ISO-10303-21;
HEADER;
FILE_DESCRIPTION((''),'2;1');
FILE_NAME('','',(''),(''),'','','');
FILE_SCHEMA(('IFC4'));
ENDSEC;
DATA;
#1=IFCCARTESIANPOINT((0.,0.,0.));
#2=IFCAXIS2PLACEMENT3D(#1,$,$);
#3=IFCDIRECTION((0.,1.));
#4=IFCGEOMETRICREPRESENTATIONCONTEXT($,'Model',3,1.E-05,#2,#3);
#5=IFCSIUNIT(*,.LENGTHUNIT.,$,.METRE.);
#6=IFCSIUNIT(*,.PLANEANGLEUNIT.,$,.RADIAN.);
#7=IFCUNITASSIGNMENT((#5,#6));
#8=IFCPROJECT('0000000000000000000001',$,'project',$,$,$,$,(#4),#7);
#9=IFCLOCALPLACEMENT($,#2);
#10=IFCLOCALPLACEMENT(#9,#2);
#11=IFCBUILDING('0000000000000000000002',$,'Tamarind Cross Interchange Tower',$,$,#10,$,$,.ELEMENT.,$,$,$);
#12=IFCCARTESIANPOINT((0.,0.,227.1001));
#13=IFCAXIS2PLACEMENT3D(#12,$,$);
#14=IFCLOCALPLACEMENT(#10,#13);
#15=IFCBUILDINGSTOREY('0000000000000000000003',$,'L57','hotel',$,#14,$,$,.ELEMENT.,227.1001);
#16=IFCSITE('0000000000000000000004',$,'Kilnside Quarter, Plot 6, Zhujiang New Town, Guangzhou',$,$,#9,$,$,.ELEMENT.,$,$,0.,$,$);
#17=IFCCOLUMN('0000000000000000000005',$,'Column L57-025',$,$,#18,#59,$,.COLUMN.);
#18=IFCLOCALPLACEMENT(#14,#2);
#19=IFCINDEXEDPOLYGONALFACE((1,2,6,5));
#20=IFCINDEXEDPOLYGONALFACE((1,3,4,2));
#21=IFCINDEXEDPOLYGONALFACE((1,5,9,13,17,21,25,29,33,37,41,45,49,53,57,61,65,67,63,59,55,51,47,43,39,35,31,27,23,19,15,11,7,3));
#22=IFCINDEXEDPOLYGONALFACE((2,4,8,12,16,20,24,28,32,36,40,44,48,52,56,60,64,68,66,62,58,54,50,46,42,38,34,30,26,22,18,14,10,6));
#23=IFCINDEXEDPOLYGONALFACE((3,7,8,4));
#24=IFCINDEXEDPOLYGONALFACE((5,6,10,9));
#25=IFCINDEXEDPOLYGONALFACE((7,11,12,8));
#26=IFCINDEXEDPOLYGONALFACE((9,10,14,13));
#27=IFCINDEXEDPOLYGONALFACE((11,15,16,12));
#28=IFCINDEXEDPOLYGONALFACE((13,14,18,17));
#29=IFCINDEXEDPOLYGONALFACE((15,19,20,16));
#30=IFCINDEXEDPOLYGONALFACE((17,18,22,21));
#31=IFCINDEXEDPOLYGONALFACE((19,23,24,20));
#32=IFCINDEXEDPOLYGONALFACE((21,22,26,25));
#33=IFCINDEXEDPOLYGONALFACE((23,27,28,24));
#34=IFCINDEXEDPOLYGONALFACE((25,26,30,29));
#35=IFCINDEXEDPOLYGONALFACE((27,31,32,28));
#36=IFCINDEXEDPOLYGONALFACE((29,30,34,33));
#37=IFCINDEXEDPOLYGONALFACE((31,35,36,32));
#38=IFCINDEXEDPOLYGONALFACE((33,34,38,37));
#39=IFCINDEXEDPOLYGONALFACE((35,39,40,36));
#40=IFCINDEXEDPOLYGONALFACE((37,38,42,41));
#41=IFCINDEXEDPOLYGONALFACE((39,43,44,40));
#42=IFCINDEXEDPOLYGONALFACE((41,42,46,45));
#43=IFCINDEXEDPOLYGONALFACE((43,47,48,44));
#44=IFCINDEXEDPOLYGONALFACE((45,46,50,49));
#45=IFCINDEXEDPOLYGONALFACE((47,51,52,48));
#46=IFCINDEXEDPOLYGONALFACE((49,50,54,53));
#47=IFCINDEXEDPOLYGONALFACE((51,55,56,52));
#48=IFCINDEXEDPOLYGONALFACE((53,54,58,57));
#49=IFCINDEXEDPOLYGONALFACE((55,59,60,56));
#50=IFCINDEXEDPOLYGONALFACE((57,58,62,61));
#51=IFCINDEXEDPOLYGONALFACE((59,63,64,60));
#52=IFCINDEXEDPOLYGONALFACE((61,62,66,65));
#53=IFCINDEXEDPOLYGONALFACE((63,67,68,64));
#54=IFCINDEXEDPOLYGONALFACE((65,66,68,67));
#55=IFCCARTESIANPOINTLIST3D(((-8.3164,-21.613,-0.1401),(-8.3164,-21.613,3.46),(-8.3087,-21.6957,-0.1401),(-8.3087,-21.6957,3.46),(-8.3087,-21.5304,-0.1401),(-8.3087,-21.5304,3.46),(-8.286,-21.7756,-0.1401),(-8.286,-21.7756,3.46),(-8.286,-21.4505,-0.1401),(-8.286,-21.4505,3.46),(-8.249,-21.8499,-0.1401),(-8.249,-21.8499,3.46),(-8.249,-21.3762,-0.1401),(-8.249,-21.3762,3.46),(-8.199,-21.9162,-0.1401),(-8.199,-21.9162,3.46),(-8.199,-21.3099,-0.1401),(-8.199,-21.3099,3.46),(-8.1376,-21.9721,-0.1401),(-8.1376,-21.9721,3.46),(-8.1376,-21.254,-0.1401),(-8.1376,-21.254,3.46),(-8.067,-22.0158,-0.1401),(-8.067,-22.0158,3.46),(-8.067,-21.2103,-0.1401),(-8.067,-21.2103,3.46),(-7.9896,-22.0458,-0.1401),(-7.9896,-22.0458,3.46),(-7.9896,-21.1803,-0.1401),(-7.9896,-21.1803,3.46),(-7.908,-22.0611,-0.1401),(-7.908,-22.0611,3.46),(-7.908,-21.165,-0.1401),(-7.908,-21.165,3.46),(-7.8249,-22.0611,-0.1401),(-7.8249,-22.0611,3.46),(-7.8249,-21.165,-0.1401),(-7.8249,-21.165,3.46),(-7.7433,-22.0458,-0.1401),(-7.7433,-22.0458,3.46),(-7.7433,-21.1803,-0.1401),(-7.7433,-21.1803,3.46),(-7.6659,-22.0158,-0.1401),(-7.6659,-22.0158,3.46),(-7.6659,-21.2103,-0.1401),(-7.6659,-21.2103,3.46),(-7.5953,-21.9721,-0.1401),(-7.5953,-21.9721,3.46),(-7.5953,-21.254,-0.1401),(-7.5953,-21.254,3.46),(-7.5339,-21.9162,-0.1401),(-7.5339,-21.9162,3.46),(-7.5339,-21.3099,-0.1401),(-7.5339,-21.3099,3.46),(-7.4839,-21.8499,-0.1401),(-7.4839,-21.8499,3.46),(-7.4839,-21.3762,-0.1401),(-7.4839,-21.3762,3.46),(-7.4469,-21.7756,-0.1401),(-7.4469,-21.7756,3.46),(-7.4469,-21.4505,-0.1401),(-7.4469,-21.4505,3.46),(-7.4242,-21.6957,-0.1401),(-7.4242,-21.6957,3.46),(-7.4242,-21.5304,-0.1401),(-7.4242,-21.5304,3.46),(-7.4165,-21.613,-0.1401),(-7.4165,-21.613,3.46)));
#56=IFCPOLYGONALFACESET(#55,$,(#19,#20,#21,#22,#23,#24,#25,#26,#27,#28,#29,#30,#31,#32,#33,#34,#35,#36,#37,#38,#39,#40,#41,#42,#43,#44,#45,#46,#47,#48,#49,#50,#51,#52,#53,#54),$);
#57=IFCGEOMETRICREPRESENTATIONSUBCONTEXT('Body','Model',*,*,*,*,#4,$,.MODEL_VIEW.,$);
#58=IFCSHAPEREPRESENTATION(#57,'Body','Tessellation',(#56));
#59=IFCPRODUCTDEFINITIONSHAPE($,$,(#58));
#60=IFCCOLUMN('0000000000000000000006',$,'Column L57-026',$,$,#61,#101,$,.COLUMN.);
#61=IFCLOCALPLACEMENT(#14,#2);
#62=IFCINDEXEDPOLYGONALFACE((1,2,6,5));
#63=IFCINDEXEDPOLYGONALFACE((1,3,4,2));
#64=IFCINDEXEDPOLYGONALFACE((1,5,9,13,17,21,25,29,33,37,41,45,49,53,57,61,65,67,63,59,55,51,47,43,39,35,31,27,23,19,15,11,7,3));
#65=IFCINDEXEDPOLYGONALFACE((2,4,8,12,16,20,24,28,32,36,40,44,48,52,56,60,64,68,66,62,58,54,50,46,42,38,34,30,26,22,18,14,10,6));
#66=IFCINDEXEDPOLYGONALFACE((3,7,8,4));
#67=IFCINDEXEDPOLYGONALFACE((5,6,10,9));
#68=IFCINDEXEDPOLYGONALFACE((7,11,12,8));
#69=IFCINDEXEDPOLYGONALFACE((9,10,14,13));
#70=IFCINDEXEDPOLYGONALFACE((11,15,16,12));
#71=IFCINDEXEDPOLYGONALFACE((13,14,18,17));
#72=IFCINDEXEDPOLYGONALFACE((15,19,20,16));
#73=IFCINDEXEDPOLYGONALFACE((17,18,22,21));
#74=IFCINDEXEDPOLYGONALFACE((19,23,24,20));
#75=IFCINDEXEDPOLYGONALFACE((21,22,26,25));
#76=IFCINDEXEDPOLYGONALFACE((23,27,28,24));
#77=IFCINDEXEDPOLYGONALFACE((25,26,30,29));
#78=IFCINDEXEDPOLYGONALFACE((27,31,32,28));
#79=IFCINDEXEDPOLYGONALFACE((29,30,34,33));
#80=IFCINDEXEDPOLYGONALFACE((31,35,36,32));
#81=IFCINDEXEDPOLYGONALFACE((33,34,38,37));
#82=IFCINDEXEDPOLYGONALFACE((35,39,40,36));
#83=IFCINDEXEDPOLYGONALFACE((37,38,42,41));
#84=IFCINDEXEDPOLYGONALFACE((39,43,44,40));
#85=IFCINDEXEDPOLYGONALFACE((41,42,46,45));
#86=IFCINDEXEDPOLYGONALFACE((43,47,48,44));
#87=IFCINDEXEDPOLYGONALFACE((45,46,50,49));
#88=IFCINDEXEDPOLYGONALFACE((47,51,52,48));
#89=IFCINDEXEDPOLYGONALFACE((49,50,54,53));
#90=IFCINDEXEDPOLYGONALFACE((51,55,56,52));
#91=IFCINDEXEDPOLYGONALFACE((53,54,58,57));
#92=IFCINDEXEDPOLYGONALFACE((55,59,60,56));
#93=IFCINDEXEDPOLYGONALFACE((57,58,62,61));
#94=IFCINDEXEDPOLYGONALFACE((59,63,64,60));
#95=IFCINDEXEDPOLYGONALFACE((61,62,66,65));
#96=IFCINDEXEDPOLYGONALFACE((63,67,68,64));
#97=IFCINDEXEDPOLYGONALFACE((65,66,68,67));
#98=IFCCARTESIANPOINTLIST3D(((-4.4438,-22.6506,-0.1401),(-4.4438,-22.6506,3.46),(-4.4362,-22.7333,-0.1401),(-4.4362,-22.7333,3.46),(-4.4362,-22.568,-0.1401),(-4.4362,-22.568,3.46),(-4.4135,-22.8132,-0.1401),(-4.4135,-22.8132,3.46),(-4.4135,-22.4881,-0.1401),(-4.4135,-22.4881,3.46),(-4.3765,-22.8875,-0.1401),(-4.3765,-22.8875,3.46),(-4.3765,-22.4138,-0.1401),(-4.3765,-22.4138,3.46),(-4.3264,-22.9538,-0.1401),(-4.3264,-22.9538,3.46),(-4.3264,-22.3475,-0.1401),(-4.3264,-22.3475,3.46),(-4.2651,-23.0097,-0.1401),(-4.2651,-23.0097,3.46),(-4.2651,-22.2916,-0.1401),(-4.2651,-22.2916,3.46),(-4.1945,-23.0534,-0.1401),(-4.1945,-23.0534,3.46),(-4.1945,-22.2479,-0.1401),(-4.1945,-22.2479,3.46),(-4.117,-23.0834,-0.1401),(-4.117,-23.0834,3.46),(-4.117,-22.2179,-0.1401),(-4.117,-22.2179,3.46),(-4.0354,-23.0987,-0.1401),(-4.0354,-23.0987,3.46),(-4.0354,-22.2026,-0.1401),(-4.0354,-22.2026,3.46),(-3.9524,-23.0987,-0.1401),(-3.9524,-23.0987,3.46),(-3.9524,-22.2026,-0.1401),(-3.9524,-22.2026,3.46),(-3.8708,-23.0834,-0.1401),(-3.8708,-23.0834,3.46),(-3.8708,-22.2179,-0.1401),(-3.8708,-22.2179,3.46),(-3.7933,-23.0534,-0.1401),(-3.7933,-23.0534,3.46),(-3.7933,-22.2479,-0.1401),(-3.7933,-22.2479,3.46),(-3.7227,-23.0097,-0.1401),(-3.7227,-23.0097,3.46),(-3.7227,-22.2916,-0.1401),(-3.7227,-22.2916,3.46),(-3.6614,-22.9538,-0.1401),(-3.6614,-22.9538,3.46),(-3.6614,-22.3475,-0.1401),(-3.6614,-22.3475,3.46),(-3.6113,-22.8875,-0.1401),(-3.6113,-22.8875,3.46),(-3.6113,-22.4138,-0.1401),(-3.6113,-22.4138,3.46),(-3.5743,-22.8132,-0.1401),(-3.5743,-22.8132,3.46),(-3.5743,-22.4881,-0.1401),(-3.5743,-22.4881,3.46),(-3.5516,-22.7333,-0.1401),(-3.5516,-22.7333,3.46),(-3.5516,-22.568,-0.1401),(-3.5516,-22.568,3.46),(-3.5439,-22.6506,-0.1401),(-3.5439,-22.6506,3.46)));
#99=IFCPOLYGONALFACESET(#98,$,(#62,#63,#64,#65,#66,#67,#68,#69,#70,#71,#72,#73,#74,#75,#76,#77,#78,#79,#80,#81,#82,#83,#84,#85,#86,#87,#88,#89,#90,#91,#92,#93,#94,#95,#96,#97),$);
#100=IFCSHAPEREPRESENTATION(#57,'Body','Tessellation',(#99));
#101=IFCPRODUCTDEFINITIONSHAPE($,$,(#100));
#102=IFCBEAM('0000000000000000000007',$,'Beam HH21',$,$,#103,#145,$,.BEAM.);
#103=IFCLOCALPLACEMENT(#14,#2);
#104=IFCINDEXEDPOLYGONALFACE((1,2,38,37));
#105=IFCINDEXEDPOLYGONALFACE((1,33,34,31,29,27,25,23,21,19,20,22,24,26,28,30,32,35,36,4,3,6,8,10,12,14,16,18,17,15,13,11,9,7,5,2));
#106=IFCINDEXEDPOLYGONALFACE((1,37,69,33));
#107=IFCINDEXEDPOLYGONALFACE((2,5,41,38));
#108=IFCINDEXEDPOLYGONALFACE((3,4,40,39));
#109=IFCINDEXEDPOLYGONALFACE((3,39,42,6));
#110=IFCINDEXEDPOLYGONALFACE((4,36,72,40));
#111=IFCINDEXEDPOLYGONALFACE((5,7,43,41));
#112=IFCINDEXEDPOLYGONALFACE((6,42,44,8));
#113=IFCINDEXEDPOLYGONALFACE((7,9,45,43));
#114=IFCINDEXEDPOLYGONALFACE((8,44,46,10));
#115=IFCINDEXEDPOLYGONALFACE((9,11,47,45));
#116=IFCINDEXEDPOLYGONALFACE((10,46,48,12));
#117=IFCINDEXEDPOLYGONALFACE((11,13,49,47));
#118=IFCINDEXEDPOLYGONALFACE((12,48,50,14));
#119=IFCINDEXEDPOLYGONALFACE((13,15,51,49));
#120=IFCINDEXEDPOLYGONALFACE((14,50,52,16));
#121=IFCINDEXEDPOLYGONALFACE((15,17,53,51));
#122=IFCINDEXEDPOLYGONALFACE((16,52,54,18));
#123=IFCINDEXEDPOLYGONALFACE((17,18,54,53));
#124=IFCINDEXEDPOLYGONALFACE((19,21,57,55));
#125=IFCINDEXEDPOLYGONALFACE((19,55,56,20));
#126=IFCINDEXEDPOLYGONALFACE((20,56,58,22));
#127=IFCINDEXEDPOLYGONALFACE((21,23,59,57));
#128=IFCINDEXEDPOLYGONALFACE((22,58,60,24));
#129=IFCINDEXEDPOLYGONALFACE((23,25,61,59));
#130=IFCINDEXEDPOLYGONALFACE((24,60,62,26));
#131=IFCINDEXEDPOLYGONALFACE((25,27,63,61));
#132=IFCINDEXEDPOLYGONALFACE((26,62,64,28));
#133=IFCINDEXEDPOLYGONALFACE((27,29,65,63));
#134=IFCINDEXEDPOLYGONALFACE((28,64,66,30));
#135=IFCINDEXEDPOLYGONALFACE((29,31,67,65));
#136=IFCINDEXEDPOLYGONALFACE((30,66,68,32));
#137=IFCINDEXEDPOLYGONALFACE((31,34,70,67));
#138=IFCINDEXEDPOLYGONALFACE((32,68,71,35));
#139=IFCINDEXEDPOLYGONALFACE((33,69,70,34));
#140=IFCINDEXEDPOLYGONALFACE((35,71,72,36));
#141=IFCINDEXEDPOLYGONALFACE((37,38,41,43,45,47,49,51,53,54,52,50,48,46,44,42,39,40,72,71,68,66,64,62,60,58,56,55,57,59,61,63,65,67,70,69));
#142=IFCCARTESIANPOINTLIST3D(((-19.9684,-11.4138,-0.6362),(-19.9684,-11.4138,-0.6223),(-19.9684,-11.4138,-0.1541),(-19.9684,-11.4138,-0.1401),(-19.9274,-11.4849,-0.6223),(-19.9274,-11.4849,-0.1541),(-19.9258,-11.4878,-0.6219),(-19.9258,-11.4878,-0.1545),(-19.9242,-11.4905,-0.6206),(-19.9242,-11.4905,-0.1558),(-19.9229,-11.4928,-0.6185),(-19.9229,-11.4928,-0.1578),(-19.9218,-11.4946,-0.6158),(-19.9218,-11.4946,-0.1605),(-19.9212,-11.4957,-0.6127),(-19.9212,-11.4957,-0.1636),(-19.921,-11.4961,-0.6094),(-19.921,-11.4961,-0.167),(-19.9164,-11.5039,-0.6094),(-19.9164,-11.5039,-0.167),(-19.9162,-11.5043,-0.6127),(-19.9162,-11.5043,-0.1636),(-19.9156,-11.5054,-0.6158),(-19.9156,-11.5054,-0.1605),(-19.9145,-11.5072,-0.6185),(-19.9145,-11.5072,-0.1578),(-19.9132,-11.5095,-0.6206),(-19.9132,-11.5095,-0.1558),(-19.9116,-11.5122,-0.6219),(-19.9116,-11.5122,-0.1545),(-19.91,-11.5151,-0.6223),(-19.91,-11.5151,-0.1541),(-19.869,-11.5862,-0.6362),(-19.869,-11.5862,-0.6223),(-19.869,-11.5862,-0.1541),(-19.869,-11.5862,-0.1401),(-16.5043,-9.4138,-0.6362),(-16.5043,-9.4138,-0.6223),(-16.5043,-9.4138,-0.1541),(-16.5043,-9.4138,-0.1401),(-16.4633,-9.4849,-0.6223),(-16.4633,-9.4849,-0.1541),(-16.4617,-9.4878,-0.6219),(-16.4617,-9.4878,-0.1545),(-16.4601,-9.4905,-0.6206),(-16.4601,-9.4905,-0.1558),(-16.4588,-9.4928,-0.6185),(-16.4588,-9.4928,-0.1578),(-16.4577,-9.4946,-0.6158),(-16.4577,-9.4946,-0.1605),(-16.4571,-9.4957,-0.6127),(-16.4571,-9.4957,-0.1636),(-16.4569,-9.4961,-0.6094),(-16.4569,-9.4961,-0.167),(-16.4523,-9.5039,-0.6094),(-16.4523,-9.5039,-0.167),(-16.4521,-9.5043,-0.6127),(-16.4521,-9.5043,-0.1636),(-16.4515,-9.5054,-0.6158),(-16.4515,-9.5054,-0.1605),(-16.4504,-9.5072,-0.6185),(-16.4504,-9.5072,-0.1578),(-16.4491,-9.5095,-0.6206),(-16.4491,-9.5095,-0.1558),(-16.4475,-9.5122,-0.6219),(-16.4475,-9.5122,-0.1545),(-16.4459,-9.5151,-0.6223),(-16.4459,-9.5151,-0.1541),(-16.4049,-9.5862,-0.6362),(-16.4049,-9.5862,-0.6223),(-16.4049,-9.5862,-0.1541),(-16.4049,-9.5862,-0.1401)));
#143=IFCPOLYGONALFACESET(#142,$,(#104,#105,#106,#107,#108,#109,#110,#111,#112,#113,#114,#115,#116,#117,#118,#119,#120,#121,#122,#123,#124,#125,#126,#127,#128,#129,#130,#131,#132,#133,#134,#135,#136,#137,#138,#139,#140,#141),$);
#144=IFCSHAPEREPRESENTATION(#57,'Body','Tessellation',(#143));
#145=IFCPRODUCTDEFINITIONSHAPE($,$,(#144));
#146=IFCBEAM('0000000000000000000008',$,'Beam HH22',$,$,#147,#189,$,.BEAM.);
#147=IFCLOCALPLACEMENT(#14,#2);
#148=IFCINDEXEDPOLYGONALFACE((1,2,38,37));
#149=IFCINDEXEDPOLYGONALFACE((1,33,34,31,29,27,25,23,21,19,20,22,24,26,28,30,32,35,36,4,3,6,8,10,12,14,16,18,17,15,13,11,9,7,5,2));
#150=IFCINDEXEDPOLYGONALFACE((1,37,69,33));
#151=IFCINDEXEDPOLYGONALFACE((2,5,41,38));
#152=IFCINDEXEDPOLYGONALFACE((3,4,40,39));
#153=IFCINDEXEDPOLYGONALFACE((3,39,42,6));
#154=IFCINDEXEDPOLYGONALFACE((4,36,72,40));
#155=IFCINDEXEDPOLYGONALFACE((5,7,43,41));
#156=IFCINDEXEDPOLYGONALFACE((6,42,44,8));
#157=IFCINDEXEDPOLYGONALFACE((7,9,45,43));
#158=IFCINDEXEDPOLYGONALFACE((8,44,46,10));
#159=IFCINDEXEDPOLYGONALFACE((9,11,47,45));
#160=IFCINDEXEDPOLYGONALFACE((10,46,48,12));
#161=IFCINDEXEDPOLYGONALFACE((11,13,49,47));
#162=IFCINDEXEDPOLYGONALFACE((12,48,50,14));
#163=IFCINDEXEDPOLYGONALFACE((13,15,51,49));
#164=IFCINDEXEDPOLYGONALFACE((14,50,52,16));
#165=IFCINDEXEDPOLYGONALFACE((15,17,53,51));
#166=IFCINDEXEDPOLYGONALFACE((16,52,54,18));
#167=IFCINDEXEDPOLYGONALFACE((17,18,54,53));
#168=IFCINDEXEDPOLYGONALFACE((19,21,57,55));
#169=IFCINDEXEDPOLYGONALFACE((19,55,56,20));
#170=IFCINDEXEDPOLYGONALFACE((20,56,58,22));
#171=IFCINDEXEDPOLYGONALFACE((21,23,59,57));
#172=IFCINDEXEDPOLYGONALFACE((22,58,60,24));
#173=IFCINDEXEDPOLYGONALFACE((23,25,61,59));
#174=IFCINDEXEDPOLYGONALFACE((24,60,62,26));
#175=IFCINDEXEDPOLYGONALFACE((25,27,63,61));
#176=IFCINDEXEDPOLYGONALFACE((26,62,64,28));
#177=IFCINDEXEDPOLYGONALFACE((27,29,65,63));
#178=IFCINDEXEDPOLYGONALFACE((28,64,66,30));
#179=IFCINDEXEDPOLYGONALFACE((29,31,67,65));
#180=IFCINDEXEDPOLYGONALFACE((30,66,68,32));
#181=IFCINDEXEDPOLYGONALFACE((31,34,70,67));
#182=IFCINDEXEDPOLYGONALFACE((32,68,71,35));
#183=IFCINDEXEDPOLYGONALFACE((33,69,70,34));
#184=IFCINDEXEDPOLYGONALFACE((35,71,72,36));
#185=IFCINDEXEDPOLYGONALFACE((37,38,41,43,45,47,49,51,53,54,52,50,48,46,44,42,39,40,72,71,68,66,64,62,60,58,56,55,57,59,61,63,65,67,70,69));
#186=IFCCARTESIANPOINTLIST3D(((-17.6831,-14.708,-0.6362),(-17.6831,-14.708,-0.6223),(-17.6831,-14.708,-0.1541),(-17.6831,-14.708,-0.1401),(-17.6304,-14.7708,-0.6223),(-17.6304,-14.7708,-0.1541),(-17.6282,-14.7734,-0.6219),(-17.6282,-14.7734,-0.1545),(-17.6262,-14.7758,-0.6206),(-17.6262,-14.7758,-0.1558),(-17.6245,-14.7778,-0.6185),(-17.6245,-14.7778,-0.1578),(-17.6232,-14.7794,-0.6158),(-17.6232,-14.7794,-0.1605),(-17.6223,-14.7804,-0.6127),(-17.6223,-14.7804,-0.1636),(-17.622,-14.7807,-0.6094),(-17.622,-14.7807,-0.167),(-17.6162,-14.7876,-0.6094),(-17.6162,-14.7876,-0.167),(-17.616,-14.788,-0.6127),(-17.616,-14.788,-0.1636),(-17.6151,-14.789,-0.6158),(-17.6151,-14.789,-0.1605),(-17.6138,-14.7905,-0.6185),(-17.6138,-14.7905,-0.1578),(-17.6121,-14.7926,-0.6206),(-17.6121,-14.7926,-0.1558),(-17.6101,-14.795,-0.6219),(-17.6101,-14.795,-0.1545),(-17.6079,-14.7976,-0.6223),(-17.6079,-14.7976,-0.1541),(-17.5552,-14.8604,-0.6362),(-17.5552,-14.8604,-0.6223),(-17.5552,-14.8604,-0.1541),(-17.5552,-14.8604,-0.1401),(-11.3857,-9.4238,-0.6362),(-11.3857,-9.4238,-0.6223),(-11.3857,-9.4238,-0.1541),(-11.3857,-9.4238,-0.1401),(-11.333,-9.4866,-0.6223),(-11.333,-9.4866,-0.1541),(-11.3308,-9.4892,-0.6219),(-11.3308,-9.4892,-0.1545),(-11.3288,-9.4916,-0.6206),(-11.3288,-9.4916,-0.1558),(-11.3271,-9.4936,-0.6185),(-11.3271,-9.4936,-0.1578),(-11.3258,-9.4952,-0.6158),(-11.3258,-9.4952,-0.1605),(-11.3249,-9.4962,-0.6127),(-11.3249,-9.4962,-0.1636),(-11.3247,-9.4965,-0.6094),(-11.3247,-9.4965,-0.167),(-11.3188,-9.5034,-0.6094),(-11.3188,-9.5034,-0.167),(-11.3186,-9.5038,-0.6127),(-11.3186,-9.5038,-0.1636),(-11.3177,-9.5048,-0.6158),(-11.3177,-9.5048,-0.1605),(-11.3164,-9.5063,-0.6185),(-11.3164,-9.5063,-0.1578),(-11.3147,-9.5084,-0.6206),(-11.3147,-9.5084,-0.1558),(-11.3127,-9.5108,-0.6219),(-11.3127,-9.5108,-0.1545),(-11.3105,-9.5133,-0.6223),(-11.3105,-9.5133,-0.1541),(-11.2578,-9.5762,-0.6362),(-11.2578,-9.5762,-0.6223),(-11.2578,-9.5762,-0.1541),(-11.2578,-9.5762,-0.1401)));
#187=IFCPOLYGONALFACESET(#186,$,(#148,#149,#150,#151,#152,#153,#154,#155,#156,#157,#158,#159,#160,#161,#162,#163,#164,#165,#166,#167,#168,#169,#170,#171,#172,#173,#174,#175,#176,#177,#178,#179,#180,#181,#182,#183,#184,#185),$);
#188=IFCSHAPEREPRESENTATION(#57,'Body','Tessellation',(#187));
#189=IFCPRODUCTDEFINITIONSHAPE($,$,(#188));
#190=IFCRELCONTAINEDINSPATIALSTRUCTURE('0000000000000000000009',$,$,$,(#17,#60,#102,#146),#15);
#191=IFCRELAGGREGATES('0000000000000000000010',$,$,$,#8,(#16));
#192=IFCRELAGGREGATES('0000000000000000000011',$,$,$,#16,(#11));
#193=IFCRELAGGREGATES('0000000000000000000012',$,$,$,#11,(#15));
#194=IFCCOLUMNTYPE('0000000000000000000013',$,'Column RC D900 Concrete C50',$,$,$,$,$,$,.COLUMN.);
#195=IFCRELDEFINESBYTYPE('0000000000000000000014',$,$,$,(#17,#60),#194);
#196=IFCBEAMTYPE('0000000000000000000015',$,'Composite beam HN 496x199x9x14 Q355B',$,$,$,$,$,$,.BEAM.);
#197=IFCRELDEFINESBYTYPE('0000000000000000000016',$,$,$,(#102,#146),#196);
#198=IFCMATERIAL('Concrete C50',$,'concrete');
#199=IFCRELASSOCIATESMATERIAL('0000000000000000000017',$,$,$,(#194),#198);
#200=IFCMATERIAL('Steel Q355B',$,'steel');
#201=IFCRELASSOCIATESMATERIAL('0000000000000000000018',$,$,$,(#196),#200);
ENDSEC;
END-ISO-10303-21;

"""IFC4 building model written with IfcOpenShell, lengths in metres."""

from ifc_helpers import new_model, si_unit, direction, frame, origin, origin_2d, place, context, subcontext, project, spatial, circle, i_section, extrude, material, material_profile, profile_set, type_object, element, save


model = new_model("IFC4")

# Units and contexts
model_context = context("Model", 3, precision=1e-05, world=origin(), true_north=direction((0.0, 1.0)))
body_context = subcontext(model_context, "Body", "Model", "MODEL_VIEW")
ifc_project = project(units=[si_unit("LENGTHUNIT", "METRE"), si_unit("PLANEANGLEUNIT", "RADIAN")], contexts=[model_context])

# Site, building, storey
site_placement = place(None, origin())
site = spatial("IfcSite", under=ifc_project, at=site_placement, Name="Kilnside Quarter, Plot 6, Zhujiang New Town, Guangzhou", CompositionType="ELEMENT", RefElevation=0.0)
building_placement = place(site_placement, origin())
building = spatial("IfcBuilding", under=site, at=building_placement, Name="Tamarind Cross Interchange Tower", CompositionType="ELEMENT")
storey_placement = place(building_placement, frame((0.0, 0.0, 227.1001)))
storey = spatial("IfcBuildingStorey", under=building, at=storey_placement, Name="L57", Description="hotel", CompositionType="ELEMENT", Elevation=227.1001)

# Columns
ifc_material_1 = material(Name="Concrete C50", Category="concrete")
ifc_material_profile_1 = material_profile(ifc_material_1, circle(Radius=0.45, at=origin_2d()), Name="RC D900")
ifc_profile_set_1 = profile_set([ifc_material_profile_1], Name="Concrete C50")
column_type = type_object("IfcColumnType", Name="Column RC D900 Concrete C50", PredefinedType="COLUMN", material=ifc_profile_set_1)
for number, where, z_axis, x_axis, name in (
    (1, (-7.8665, -21.613, -0.1401), (0.0, 0.0, 1.0), (1.0, 0.0, 0.0), "Column L57-025"),
    (2, (-3.9939, -22.6506, -0.1401), (0.0, 0.0, 1.0), (1.0, 0.0, 0.0), "Column L57-026"),
):
    element("IfcColumn", number, at=place(storey_placement, frame(where, z_axis=z_axis, x_axis=x_axis)), inside=storey, type_object=column_type, Name=name, PredefinedType="COLUMN", context=body_context, shape_type="SweptSolid", body=[
        extrude(circle(Radius=0.45, at=origin_2d()), origin(), (0.0, 0.0, 1.0), 3.6001),
    ])

# Beams
ifc_material_2 = material(Name="Steel Q355B", Category="steel")
ifc_material_profile_2 = material_profile(ifc_material_2, i_section(OverallWidth=0.199, OverallDepth=0.4961, WebThickness=0.009, FlangeThickness=0.0139, FilletRadius=0.0129, at=origin_2d()), Name="HN 496x199x9x14")
ifc_profile_set_2 = profile_set([ifc_material_profile_2], Name="Steel Q355B")
beam_type = type_object("IfcBeamType", Name="Composite beam HN 496x199x9x14 Q355B", PredefinedType="BEAM", material=ifc_profile_set_2)
beam_1_placement = place(storey_placement, frame((-19.9187, -11.5, -0.3882), z_axis=(0.866026, 0.499999, 0.0), x_axis=(-0.499999, 0.866026, 0.0)))
element("IfcBeam", 3, at=beam_1_placement, inside=storey, type_object=beam_type, Name="Beam HH21", PredefinedType="BEAM", context=body_context, shape_type="SweptSolid", body=[
    extrude(i_section(OverallWidth=0.199, OverallDepth=0.4961, WebThickness=0.009, FlangeThickness=0.0139, FilletRadius=0.0129, at=origin_2d()), origin(), (0.0, 0.0, 1.0), 4.0),
])
beam_2_placement = place(storey_placement, frame((-17.6191, -14.7842, -0.3882), z_axis=(0.766041, 0.642792, 0.0), x_axis=(-0.642792, 0.766041, 0.0)))
element("IfcBeam", 4, at=beam_2_placement, inside=storey, type_object=beam_type, Name="Beam HH22", PredefinedType="BEAM", context=body_context, shape_type="SweptSolid", body=[
    extrude(i_section(OverallWidth=0.199, OverallDepth=0.4961, WebThickness=0.009, FlangeThickness=0.0139, FilletRadius=0.0129, at=origin_2d()), origin(), (0.0, 0.0, 1.0), 8.2207),
])

save(model, "model.ifc")
